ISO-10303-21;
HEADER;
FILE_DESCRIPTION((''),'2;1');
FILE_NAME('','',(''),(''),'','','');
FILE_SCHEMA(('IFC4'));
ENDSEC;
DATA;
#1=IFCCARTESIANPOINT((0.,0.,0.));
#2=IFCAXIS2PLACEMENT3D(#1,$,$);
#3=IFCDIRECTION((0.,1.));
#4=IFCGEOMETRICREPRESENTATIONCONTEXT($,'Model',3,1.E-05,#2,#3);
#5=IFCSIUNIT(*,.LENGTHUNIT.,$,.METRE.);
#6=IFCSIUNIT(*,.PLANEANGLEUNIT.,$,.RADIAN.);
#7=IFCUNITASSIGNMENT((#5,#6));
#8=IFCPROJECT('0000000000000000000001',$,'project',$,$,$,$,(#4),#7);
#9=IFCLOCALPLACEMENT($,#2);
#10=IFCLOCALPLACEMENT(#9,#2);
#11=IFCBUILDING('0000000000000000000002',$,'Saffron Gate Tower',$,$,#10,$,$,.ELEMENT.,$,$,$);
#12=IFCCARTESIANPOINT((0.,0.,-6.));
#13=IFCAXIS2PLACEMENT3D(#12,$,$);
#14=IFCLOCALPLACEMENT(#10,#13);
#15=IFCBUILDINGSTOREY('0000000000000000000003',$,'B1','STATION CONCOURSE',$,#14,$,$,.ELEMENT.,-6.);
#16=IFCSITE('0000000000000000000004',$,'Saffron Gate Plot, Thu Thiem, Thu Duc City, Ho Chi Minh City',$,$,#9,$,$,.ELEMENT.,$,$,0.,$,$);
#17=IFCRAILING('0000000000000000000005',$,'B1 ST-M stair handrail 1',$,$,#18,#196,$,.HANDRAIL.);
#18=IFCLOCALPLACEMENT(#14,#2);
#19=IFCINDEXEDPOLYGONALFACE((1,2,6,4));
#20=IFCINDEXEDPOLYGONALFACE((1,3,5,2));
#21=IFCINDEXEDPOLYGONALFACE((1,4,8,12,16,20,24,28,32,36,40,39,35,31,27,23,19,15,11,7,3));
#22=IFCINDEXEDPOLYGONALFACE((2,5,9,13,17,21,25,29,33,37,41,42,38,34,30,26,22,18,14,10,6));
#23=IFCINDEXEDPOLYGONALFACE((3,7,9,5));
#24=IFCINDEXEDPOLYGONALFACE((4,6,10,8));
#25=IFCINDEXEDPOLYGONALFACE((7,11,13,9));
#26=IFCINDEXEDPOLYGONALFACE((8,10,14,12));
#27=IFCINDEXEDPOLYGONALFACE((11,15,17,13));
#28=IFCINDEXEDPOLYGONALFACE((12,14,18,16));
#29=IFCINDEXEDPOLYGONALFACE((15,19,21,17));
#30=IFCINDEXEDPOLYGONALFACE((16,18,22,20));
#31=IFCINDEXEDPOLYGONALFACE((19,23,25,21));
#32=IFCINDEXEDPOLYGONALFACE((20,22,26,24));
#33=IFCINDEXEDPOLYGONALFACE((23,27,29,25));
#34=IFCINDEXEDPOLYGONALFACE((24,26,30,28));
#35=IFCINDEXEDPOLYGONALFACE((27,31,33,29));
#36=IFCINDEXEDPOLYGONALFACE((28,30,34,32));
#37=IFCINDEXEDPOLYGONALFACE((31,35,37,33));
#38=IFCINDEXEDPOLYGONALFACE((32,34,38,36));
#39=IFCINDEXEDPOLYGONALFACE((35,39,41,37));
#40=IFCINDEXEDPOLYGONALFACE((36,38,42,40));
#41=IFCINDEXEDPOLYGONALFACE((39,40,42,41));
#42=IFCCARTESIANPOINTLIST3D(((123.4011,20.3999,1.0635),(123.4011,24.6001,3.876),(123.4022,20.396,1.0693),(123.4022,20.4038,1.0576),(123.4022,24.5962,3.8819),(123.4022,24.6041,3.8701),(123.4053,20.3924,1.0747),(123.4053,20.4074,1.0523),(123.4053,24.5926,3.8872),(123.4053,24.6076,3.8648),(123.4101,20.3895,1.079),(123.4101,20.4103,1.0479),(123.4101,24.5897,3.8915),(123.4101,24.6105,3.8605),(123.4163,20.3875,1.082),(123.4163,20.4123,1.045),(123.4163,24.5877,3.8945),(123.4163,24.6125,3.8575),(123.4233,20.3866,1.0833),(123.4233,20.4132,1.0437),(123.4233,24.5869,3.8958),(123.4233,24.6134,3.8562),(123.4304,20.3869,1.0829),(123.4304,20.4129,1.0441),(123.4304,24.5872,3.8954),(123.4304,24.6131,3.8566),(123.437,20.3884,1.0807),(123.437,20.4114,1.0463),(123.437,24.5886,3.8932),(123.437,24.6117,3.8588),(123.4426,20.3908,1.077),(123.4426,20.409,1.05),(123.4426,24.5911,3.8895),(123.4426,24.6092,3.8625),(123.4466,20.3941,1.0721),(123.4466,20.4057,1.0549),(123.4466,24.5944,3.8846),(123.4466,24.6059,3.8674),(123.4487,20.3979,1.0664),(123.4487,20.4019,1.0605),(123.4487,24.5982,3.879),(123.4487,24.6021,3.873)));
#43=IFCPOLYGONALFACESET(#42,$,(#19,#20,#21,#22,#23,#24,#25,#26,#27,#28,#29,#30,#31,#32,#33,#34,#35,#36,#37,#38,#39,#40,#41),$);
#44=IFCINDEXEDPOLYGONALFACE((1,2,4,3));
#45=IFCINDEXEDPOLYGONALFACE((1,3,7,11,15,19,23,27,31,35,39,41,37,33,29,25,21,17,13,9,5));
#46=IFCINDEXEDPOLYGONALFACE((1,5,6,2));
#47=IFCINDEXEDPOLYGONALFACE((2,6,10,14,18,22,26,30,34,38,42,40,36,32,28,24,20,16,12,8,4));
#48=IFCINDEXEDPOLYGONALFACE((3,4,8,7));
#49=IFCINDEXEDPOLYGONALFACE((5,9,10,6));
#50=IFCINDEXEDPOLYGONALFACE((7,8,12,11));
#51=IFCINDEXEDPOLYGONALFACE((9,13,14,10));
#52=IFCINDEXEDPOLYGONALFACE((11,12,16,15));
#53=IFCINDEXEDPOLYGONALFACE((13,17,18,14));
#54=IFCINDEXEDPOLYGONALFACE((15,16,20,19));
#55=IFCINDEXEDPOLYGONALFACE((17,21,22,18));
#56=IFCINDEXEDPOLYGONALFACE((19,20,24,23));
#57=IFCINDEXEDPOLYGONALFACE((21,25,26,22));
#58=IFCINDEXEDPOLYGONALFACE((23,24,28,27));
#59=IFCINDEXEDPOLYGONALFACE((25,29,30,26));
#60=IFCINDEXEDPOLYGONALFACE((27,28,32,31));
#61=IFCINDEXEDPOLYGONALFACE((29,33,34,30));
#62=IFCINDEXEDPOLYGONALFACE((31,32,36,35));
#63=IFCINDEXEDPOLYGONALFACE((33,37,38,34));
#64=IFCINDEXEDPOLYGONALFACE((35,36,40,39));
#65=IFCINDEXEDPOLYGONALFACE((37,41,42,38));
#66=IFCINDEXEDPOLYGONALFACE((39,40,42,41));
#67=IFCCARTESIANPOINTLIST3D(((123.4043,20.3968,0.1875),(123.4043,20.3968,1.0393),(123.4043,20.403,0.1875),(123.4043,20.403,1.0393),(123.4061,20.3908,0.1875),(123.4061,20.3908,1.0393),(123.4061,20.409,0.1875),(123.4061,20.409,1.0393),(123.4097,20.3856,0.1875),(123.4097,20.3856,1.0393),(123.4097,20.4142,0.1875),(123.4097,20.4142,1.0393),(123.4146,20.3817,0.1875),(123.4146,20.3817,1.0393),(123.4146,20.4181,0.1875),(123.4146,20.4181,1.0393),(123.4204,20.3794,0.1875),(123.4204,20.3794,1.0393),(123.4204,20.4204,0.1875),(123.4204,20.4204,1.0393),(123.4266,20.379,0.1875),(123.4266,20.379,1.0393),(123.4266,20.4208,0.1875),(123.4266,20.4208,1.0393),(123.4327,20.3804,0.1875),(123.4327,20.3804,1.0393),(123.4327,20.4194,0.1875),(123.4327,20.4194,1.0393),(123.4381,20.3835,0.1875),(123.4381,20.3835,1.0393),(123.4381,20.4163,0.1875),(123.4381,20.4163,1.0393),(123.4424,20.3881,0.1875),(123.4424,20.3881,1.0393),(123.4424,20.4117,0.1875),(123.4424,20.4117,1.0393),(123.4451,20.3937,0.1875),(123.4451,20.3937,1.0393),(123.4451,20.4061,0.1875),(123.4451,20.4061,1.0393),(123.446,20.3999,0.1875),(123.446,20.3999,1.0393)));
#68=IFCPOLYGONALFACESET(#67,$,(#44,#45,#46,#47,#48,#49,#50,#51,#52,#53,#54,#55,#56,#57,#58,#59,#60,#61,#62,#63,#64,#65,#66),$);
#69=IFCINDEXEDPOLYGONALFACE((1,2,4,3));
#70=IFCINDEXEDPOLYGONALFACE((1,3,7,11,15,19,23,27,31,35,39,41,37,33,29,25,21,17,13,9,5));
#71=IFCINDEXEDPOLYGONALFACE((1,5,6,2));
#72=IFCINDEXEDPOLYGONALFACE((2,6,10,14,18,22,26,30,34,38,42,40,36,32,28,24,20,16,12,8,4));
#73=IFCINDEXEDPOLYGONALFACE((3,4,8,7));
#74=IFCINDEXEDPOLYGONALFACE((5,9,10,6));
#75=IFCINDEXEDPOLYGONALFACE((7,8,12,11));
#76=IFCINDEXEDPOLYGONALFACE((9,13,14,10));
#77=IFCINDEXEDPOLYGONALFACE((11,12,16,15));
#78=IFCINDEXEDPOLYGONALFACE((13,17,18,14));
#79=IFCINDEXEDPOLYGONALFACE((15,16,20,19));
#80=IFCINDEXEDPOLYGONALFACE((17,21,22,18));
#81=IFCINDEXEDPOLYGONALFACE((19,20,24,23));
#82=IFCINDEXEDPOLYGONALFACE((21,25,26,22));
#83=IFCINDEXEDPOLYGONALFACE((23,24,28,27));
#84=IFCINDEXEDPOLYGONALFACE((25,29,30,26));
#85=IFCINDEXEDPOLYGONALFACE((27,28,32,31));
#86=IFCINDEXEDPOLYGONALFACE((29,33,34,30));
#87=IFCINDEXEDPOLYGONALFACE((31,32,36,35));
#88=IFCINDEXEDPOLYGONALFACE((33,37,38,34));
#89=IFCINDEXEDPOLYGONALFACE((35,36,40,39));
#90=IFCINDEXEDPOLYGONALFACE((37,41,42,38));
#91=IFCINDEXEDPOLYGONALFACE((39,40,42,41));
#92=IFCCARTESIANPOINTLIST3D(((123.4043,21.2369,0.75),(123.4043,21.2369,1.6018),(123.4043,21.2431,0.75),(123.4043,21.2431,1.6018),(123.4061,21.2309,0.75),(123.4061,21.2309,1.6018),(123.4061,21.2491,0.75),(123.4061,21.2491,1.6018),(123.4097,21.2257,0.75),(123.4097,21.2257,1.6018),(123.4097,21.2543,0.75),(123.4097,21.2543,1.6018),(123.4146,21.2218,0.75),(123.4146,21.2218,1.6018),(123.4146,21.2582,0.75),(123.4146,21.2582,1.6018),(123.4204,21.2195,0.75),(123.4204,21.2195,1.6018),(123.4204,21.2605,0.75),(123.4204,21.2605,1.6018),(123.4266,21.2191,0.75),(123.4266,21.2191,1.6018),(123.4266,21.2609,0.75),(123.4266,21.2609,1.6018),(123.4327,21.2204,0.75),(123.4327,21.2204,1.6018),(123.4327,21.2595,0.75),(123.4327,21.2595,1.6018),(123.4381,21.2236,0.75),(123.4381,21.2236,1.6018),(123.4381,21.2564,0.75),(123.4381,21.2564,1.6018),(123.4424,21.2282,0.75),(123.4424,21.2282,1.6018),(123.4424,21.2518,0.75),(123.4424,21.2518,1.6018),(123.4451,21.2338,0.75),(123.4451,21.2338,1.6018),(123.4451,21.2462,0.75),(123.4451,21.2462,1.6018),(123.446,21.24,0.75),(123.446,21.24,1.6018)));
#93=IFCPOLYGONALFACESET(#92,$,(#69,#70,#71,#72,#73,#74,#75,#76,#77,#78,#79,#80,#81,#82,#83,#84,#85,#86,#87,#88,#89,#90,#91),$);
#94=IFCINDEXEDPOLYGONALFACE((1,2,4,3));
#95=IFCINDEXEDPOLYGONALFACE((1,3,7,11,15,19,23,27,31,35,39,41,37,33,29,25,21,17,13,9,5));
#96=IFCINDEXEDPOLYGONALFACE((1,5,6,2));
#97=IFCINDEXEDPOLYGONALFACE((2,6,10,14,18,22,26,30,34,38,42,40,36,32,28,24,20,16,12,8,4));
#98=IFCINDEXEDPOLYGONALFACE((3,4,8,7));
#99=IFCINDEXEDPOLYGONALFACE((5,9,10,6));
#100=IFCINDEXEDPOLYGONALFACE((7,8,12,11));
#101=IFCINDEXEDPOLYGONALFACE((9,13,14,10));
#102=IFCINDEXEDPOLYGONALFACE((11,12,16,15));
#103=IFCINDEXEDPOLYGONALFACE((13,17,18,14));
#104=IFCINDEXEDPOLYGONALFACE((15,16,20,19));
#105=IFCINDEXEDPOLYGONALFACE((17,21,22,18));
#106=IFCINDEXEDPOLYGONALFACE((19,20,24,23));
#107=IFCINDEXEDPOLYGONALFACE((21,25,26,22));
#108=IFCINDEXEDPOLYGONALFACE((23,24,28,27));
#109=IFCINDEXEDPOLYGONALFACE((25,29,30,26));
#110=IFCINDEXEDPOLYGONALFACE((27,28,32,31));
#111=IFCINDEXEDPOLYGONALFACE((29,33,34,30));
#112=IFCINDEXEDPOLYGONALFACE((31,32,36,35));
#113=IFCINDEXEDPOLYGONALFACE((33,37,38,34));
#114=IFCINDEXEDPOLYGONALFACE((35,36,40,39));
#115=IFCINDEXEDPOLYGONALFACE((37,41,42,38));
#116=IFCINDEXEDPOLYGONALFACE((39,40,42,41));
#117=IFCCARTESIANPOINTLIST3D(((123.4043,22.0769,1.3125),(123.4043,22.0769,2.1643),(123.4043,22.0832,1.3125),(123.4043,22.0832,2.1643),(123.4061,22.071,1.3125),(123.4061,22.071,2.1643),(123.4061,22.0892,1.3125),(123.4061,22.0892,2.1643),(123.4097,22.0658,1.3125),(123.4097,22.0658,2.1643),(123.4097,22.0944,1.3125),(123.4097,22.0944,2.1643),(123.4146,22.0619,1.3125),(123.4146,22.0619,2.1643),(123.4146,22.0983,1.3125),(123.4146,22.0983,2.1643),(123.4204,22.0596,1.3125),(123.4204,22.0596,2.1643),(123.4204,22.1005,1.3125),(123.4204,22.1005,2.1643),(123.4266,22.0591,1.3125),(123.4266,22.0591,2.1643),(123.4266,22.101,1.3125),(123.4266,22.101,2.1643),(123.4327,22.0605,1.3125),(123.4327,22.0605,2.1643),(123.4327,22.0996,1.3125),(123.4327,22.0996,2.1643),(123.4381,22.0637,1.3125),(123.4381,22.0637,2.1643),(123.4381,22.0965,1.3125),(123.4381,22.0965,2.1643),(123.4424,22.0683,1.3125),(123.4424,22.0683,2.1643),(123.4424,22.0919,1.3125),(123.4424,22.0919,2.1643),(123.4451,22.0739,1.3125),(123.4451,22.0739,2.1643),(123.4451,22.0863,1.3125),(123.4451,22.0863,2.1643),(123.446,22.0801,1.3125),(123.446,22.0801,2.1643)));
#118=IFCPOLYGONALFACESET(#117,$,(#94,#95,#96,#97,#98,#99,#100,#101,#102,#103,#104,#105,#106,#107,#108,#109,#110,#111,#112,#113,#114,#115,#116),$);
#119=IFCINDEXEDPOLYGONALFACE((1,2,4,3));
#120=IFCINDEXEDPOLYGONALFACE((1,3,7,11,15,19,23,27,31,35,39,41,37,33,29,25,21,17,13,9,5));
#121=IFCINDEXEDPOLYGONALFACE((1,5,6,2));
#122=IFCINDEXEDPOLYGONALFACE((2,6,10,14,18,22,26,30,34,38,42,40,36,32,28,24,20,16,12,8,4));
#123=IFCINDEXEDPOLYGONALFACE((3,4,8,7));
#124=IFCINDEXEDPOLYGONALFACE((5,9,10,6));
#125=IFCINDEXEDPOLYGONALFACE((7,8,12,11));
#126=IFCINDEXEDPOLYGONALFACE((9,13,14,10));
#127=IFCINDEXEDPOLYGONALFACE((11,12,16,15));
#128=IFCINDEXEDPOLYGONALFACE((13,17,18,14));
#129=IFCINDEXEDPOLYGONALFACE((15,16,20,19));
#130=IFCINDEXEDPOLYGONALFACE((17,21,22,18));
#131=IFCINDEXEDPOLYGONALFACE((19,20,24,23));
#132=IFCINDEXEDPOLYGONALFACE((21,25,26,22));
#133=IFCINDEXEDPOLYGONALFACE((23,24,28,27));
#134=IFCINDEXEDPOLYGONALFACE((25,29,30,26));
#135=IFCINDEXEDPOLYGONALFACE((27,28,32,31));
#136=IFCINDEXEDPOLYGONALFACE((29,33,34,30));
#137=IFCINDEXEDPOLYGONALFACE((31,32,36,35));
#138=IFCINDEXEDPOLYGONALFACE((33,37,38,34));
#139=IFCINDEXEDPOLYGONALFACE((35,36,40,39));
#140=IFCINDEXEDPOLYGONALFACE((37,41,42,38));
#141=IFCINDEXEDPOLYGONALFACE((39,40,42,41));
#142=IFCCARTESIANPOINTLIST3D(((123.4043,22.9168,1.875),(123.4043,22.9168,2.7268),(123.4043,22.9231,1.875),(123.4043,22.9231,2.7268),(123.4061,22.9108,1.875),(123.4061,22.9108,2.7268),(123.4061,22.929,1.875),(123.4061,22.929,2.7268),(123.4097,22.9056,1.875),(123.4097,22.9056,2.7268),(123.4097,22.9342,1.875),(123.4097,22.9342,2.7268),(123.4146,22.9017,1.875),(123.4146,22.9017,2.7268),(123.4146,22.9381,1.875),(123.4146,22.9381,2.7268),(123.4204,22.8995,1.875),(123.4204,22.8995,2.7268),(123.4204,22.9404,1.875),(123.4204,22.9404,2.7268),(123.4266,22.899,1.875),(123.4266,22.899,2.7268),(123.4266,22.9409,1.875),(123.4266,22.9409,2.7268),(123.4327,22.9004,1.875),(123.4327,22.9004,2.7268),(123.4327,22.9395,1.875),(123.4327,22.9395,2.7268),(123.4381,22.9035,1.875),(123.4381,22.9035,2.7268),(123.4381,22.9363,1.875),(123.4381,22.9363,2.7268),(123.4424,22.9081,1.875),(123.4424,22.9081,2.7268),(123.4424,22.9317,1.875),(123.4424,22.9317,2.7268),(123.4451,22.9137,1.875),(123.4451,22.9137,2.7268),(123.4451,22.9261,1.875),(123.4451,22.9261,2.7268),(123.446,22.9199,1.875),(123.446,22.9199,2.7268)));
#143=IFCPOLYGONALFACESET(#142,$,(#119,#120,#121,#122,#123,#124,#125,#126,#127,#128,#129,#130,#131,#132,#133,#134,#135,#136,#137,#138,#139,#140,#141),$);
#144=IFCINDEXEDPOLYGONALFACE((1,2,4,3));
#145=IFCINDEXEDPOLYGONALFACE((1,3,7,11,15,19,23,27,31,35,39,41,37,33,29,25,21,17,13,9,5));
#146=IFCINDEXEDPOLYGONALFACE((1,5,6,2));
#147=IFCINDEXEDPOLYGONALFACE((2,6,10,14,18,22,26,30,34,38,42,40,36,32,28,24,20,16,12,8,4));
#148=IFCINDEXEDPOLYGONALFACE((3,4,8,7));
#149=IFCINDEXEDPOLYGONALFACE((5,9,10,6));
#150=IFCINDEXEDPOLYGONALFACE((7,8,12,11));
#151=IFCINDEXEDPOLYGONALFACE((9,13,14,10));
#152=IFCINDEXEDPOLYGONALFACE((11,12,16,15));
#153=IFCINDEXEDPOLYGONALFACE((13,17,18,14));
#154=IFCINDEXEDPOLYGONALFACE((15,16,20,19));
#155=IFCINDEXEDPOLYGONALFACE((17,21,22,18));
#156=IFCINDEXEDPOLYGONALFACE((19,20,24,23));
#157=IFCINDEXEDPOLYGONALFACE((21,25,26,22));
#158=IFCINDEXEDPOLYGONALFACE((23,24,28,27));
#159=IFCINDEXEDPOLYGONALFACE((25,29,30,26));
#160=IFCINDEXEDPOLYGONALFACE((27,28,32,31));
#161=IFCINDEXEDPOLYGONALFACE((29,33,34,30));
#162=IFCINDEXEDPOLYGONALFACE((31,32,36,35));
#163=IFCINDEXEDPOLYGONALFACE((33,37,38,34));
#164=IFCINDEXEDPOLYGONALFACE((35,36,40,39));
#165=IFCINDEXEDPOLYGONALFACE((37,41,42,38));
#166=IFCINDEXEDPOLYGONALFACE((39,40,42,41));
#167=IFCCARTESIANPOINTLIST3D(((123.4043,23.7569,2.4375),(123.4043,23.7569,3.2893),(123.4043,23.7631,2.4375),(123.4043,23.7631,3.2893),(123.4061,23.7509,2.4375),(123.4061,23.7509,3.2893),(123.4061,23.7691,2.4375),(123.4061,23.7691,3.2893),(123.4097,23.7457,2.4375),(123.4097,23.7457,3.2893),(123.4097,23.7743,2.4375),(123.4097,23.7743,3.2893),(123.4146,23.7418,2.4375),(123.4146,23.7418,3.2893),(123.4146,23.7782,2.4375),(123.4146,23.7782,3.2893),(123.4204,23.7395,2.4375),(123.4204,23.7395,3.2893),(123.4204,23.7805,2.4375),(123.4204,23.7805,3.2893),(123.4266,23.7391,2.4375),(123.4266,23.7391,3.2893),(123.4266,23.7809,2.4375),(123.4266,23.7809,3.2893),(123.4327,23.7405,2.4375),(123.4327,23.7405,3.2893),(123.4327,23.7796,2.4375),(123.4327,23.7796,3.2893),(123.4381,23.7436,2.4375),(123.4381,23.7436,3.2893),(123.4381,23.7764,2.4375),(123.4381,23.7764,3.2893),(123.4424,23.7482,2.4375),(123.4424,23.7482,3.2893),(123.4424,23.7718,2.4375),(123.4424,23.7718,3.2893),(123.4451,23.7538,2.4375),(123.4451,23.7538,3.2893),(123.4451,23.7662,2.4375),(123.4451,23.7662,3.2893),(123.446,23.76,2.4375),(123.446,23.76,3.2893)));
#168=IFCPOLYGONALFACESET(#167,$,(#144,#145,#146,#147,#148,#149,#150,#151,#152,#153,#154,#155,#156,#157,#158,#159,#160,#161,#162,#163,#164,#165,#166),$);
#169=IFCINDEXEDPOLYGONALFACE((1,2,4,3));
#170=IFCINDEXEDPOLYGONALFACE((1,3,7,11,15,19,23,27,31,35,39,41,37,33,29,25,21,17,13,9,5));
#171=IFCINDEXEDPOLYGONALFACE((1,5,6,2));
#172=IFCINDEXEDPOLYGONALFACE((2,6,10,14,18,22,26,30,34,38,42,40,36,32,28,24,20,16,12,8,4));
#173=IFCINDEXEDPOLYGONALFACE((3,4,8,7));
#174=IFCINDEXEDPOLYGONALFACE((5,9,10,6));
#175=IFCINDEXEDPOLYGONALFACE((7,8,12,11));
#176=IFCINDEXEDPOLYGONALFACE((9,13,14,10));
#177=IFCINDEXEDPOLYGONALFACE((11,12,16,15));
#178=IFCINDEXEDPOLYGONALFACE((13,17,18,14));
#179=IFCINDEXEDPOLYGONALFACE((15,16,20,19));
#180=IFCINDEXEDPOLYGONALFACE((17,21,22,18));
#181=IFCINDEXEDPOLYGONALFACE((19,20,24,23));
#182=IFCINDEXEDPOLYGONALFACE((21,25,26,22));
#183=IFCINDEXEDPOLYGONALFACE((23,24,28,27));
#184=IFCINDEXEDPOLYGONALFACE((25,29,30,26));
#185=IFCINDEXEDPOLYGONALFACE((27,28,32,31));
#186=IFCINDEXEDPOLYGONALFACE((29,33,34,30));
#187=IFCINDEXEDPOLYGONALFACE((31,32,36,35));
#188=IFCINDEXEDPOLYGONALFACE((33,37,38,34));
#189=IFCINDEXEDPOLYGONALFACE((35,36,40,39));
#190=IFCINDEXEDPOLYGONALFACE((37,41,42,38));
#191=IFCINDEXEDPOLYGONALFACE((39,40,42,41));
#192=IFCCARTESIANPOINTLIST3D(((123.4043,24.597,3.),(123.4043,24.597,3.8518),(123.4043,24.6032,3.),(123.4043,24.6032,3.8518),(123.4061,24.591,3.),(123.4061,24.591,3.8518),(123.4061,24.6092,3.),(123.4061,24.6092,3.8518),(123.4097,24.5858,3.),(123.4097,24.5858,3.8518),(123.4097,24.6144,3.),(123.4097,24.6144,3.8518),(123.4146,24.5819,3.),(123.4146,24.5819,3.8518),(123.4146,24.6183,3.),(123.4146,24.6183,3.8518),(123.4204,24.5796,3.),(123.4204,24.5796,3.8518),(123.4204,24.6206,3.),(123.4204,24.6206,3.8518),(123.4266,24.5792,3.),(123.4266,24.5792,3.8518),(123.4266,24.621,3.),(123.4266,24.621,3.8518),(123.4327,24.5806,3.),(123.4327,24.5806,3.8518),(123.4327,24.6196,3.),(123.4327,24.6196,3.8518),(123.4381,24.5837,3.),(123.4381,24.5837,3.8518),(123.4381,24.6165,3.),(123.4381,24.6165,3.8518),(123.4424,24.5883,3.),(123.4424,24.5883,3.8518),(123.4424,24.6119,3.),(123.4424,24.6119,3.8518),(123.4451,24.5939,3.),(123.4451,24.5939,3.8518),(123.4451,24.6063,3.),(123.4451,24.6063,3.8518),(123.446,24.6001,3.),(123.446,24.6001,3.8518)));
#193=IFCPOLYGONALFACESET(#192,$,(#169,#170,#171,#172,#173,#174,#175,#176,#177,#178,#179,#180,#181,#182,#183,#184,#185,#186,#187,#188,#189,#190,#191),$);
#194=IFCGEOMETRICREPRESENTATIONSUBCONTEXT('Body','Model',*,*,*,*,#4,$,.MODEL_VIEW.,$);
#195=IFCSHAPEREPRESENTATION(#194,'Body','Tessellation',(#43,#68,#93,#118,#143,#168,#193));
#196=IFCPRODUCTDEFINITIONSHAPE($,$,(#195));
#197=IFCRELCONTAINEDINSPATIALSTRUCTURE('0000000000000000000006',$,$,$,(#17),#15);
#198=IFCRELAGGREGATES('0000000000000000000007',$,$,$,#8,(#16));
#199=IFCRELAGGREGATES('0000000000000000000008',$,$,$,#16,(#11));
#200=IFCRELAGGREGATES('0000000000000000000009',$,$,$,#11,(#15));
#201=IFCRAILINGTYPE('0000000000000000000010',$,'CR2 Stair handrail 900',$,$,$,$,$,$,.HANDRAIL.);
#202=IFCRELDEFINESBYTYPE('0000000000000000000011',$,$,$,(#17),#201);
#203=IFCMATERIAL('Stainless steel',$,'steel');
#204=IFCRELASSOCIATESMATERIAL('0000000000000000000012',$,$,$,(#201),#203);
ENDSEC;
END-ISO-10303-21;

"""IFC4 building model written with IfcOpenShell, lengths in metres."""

from ifc_helpers import new_model, si_unit, direction, frame, origin, origin_2d, place, context, subcontext, project, spatial, circle, extrude, material, type_object, element, save


model = new_model("IFC4")

# Units and contexts
model_context = context("Model", 3, precision=1e-05, world=origin(), true_north=direction((0.0, 1.0)))
body_context = subcontext(model_context, "Body", "Model", "MODEL_VIEW")
ifc_project = project(units=[si_unit("LENGTHUNIT", "METRE"), si_unit("PLANEANGLEUNIT", "RADIAN")], contexts=[model_context])

# Site, building, storey
site_placement = place(None, origin())
site = spatial("IfcSite", under=ifc_project, at=site_placement, Name="Saffron Gate Plot, Thu Thiem, Thu Duc City, Ho Chi Minh City", CompositionType="ELEMENT", RefElevation=0.0)
building_placement = place(site_placement, origin())
building = spatial("IfcBuilding", under=site, at=building_placement, Name="Saffron Gate Tower", CompositionType="ELEMENT")
storey_placement = place(building_placement, frame((0.0, 0.0, -6.0)))
storey = spatial("IfcBuildingStorey", under=building, at=storey_placement, Name="B1", Description="STATION CONCOURSE", CompositionType="ELEMENT", Elevation=-6.0)

# Railing
ifc_material_1 = material(Name="Stainless steel", Category="steel")
railing_type_1 = type_object("IfcRailingType", Name="CR2 Stair handrail 900", PredefinedType="HANDRAIL", material=ifc_material_1)
railing_1_placement = place(storey_placement, frame((123.425, 20.3999, 0.1875)))
element("IfcRailing", 1, at=railing_1_placement, inside=storey, type_object=railing_type_1, Name="B1 ST-M stair handrail 1", PredefinedType="HANDRAIL", context=body_context, shape_type="SweptSolid", body=[
    extrude(circle(Radius=0.0239, at=origin_2d()), frame((0.0, 0.0, 0.876), z_axis=(0.0, 0.830919, 0.556393), x_axis=(-1.0, 0.0, 0.0)), (0.0, 0.0, 1.0), 5.0549),
    extrude(circle(Radius=0.021, at=origin_2d()), origin(), (0.0, 0.0, 1.0), 0.8518),
    extrude(circle(Radius=0.021, at=origin_2d()), frame((0.0, 0.8401, 0.5625)), (0.0, 0.0, 1.0), 0.8518),
    extrude(circle(Radius=0.021, at=origin_2d()), frame((0.0, 1.6802, 1.125)), (0.0, 0.0, 1.0), 0.8518),
    extrude(circle(Radius=0.021, at=origin_2d()), frame((0.0, 2.52, 1.6875)), (0.0, 0.0, 1.0), 0.8518),
    extrude(circle(Radius=0.021, at=origin_2d()), frame((0.0, 3.3601, 2.25)), (0.0, 0.0, 1.0), 0.8518),
    extrude(circle(Radius=0.021, at=origin_2d()), frame((0.0, 4.2002, 2.8125)), (0.0, 0.0, 1.0), 0.8518),
])

save(model, "model.ifc")
